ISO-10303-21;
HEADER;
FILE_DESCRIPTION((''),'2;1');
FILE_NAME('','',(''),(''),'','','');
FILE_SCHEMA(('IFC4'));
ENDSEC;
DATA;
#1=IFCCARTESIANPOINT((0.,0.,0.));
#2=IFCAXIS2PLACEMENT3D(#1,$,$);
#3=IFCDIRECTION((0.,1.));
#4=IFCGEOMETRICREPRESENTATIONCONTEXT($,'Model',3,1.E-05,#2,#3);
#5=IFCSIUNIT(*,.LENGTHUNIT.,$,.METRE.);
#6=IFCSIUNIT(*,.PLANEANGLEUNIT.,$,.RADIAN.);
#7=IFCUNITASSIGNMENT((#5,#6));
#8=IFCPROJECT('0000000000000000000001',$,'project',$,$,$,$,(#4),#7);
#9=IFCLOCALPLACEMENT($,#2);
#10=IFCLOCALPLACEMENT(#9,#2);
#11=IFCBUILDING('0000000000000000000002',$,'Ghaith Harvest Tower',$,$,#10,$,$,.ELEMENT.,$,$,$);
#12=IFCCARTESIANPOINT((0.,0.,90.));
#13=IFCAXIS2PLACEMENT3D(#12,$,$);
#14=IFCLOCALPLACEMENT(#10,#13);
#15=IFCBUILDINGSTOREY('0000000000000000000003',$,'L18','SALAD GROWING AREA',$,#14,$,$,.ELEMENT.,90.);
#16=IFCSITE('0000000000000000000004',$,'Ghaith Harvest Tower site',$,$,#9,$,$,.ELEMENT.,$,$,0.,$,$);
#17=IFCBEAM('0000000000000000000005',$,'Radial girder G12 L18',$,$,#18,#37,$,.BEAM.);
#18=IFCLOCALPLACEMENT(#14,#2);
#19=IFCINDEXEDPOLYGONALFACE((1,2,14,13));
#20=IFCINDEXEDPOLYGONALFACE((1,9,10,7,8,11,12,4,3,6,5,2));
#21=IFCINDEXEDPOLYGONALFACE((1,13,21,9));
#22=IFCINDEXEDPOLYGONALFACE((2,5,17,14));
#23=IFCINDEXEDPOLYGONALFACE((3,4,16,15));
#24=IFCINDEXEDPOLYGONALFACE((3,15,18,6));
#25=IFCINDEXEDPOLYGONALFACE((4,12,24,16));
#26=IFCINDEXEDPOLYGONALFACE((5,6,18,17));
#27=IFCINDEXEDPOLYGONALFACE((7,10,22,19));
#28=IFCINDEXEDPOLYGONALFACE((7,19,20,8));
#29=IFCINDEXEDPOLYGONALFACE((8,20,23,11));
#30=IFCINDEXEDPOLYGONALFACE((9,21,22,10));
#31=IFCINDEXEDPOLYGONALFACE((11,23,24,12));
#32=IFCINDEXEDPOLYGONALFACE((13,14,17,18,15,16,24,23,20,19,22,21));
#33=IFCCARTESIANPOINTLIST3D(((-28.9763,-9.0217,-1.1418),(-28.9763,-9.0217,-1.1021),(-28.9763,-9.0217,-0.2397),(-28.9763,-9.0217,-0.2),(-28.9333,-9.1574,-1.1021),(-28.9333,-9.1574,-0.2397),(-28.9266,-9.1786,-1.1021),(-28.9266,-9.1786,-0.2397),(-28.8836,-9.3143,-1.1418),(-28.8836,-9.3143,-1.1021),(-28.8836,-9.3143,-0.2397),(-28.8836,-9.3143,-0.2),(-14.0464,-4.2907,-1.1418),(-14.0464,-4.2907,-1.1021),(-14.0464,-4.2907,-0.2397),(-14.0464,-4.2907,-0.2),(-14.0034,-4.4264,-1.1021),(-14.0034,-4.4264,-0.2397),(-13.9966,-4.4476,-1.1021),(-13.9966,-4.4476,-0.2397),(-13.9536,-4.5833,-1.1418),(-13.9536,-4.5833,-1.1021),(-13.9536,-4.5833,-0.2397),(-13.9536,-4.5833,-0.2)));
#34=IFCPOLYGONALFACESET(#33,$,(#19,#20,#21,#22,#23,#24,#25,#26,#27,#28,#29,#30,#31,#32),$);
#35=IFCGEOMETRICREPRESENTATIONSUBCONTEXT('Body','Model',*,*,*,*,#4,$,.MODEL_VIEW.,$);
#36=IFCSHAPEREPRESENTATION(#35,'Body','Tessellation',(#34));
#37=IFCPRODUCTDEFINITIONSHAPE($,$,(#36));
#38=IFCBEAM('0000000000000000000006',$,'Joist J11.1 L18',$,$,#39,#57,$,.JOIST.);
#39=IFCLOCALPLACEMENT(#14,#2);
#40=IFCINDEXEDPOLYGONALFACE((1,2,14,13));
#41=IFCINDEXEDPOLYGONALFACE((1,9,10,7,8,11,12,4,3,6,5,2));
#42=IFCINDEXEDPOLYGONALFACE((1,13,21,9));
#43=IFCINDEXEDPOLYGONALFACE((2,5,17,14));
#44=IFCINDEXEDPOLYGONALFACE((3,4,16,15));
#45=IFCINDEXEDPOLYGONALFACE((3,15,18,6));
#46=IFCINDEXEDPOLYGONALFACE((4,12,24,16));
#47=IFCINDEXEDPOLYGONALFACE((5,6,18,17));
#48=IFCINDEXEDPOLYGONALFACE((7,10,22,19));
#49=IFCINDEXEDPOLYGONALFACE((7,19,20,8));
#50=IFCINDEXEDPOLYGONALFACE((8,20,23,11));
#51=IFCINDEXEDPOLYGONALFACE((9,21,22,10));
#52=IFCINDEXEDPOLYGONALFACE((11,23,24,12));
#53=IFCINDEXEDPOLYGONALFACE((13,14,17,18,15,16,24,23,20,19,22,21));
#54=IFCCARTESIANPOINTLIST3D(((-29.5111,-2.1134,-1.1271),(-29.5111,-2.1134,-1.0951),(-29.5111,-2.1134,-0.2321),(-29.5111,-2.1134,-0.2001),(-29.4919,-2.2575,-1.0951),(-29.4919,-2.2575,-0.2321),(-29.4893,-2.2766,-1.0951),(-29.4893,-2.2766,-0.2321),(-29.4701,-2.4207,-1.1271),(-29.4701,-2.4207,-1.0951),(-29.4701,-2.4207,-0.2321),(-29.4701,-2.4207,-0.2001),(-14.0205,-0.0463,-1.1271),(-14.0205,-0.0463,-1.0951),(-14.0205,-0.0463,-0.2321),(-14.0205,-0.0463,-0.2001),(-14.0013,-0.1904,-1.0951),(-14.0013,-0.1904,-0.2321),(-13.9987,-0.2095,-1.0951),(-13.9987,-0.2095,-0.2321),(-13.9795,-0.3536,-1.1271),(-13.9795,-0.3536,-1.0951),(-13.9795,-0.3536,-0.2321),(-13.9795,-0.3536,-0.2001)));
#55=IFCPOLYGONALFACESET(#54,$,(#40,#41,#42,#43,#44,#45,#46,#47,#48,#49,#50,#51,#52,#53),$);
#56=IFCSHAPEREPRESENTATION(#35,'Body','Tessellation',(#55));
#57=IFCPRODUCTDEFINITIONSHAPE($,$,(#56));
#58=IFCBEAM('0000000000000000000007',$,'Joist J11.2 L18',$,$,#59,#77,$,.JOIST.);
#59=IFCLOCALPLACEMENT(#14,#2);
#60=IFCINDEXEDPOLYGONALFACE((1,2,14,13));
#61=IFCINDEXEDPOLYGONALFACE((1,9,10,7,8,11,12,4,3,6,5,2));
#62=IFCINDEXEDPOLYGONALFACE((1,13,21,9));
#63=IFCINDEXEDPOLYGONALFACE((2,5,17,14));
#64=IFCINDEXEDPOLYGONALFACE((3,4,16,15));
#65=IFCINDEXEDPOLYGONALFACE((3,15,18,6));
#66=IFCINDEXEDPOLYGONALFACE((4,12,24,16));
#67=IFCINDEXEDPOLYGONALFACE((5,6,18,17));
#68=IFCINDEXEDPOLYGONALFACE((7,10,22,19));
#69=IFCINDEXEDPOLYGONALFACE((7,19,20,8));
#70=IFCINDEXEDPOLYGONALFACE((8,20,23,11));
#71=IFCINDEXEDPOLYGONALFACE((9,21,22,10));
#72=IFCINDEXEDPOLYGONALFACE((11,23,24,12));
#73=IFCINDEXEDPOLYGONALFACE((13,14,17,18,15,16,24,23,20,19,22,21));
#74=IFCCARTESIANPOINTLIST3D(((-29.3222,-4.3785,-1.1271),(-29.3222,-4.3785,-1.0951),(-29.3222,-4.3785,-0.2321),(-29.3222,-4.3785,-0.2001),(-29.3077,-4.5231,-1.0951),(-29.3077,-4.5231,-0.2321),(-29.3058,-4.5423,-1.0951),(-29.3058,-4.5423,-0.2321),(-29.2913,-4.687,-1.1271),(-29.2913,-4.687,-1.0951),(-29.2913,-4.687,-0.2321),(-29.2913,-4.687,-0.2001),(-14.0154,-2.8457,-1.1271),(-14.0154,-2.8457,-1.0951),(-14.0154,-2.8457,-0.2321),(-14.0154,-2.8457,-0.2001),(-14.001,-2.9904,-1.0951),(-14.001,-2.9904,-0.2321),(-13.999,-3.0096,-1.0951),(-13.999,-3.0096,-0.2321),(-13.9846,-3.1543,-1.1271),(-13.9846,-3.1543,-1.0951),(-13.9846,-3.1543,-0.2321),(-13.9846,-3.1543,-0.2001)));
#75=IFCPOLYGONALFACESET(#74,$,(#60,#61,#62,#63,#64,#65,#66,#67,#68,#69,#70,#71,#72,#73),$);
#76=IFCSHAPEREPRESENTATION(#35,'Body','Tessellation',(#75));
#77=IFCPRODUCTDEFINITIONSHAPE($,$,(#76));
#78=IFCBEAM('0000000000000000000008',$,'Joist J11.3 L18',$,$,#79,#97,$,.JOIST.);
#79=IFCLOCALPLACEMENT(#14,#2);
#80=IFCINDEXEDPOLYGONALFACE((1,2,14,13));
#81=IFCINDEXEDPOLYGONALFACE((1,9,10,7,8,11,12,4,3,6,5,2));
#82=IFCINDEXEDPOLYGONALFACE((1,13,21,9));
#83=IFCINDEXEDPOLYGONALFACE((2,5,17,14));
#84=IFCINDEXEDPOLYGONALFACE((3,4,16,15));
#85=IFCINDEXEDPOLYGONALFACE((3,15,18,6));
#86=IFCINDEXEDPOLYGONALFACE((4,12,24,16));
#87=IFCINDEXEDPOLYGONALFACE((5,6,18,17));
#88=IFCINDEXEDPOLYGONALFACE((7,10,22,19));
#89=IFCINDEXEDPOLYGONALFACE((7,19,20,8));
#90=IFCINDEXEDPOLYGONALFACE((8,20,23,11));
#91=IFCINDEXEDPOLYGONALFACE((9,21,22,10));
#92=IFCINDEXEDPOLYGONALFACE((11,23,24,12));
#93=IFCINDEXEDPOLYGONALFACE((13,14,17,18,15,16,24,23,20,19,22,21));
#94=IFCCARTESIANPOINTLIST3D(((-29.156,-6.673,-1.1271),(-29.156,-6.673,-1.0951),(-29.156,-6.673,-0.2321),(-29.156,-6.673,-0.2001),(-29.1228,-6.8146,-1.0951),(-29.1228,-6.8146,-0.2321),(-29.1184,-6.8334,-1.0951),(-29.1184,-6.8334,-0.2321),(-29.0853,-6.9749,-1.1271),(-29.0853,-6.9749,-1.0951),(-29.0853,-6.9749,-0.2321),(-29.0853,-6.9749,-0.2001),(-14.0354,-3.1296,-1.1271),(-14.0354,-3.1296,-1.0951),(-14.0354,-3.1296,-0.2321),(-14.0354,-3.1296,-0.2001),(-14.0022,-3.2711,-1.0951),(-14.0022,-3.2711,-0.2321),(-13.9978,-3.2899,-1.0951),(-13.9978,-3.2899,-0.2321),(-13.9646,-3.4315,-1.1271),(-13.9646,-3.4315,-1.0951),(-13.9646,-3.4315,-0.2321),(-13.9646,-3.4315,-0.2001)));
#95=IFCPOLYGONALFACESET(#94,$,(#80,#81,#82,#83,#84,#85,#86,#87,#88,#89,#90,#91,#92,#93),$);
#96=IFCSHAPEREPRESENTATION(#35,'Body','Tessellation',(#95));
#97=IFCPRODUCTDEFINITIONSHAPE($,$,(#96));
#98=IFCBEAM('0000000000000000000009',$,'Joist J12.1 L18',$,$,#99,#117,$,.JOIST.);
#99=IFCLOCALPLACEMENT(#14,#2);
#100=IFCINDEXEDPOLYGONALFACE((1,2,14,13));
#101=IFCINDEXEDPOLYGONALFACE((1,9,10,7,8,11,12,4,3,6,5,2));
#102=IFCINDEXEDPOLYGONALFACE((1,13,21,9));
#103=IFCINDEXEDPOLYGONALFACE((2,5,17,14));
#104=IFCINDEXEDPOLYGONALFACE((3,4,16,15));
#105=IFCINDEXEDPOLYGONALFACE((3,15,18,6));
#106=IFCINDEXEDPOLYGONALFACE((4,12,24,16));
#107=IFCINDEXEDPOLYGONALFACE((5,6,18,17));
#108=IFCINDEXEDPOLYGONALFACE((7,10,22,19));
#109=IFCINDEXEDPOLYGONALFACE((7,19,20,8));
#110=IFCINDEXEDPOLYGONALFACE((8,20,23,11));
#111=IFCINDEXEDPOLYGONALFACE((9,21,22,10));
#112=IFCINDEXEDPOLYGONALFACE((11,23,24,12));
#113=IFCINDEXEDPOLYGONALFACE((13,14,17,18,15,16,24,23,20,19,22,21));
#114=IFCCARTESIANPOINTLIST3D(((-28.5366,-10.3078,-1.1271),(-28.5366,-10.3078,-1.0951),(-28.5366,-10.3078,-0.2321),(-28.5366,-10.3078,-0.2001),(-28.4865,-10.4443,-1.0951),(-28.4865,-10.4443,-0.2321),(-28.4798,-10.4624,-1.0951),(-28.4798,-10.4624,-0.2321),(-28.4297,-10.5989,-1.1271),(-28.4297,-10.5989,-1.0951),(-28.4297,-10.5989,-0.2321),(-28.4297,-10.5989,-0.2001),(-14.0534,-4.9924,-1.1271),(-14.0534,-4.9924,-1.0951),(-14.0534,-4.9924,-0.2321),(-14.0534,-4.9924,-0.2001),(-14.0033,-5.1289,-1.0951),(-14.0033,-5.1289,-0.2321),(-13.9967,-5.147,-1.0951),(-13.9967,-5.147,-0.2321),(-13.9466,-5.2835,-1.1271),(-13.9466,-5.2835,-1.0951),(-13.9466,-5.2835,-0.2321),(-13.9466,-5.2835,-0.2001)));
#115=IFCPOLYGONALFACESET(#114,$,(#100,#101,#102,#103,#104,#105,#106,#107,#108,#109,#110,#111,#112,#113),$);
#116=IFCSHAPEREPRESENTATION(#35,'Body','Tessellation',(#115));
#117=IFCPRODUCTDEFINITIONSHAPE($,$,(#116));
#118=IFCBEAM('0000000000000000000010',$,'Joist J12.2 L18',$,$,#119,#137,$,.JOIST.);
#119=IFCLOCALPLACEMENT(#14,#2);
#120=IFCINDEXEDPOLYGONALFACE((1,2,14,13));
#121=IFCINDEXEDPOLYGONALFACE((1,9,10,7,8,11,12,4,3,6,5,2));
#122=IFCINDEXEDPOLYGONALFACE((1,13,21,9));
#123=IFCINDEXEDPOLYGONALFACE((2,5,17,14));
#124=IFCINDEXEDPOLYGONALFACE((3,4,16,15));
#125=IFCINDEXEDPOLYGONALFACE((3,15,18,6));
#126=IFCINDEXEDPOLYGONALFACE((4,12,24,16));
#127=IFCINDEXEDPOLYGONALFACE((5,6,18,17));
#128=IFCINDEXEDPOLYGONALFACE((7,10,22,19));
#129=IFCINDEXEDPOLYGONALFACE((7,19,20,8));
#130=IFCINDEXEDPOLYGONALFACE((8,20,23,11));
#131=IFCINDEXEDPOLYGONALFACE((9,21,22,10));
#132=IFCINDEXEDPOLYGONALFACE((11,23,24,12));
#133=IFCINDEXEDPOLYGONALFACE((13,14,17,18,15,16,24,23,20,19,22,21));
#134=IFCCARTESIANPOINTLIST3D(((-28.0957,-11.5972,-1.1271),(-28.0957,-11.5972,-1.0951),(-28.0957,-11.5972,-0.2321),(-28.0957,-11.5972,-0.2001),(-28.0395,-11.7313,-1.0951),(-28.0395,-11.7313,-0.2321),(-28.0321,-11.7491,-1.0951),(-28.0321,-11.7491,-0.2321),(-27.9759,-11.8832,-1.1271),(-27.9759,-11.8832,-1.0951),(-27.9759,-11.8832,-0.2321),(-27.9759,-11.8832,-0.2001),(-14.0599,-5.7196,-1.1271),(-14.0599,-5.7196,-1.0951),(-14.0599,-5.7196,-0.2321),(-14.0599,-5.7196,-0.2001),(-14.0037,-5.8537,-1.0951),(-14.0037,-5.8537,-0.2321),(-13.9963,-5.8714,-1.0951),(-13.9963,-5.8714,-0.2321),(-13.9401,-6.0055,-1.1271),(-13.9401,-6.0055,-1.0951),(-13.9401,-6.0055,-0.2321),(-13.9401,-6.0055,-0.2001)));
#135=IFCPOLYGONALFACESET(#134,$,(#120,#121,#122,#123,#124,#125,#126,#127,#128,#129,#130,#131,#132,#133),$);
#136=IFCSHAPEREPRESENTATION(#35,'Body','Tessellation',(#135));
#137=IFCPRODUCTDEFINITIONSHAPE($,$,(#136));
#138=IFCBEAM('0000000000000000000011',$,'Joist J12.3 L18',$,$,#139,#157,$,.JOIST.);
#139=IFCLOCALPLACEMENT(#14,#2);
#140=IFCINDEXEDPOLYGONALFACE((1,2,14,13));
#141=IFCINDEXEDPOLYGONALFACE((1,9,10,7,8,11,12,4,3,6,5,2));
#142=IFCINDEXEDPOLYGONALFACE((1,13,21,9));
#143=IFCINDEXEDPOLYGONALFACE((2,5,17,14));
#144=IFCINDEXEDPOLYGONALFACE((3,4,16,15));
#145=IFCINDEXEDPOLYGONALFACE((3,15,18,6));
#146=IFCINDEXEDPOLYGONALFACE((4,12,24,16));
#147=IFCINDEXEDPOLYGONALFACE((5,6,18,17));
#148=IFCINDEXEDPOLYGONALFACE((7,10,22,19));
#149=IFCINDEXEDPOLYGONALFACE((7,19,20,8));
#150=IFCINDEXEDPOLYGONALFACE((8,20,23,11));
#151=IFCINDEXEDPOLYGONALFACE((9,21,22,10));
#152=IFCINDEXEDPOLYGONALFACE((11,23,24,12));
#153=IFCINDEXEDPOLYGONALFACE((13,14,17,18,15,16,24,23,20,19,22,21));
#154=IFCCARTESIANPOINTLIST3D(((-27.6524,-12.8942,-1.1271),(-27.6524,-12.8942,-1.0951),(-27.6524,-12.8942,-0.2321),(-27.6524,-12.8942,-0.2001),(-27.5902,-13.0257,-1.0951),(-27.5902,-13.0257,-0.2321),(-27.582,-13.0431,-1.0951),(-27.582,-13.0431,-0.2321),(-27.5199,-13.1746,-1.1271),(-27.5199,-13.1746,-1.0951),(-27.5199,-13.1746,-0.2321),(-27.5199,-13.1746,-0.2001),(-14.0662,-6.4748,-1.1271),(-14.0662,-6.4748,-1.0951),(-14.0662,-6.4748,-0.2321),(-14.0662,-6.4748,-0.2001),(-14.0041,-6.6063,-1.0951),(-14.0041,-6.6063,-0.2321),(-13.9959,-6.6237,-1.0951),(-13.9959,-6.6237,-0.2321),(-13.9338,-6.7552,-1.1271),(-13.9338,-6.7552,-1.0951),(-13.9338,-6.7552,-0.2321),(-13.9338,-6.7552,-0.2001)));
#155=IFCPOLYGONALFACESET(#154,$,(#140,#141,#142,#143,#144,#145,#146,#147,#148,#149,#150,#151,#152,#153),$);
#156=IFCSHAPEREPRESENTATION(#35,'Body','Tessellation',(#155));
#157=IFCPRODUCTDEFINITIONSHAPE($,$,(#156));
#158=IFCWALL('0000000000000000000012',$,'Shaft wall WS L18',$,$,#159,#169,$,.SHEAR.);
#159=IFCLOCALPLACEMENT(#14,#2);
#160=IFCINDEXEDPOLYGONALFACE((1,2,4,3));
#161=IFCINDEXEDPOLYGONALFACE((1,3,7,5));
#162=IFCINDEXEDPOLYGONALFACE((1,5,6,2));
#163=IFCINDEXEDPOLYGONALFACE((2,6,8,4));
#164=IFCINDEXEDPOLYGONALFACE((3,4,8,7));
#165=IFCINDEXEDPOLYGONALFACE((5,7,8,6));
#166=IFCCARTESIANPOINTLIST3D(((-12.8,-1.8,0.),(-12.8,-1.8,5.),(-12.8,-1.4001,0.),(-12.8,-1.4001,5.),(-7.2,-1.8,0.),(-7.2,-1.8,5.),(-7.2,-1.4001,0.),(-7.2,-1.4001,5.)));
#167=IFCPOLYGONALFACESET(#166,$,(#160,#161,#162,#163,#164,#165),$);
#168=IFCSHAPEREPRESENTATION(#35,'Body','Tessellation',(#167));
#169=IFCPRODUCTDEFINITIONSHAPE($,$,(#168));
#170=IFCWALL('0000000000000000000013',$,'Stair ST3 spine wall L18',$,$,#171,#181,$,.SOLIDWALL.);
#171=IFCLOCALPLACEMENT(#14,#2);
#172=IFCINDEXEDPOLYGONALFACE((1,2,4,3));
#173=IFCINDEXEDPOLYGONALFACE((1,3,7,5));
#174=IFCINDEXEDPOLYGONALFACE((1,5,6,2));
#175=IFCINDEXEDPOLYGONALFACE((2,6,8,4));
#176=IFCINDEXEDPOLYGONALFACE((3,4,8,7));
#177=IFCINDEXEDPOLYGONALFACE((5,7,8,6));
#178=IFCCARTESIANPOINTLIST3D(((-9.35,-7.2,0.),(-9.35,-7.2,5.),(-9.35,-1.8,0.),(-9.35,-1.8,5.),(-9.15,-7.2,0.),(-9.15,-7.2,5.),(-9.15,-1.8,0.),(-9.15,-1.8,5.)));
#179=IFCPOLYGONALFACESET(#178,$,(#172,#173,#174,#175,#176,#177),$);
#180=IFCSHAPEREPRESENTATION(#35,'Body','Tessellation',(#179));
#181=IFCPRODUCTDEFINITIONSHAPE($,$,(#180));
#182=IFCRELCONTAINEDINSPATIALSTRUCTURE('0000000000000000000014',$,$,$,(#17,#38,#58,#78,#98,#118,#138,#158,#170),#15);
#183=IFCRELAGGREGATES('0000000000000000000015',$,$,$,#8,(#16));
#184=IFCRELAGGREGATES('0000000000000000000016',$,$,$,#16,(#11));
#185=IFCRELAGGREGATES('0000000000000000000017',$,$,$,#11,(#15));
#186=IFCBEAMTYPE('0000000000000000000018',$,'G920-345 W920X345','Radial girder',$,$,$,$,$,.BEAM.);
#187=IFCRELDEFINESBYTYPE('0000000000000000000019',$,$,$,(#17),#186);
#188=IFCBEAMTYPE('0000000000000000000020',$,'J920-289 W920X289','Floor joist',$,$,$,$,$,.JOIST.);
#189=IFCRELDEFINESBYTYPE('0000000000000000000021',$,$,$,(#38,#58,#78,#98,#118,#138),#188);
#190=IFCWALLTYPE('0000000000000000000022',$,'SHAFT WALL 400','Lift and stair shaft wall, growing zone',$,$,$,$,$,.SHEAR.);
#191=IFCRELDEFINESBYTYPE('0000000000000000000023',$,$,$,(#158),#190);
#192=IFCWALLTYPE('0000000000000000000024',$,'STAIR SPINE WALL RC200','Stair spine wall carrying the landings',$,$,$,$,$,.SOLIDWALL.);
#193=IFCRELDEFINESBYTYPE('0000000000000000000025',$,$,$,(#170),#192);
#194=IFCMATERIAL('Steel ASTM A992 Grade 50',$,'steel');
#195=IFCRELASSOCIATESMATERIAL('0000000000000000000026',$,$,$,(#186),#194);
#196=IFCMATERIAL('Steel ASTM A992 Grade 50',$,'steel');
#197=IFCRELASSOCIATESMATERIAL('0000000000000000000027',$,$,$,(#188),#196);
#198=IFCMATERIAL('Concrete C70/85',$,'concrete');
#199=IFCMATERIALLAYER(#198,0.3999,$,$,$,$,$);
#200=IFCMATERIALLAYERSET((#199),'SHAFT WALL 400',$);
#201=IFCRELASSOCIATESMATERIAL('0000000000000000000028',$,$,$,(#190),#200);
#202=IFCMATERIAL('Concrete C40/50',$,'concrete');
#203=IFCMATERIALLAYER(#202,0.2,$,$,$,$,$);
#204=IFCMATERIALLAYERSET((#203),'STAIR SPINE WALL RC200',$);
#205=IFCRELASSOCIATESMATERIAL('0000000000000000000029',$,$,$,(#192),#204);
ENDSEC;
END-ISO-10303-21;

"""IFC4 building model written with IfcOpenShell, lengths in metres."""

from ifc_helpers import new_model, si_unit, direction, frame, frame_2d, origin, origin_2d, place, context, subcontext, project, spatial, rectangle, i_section, extrude, material, layer, layer_set, material_profile, profile_set, type_object, element, save


model = new_model("IFC4")

# Units and contexts
model_context = context("Model", 3, precision=1e-05, world=origin(), true_north=direction((0.0, 1.0)))
body_context = subcontext(model_context, "Body", "Model", "MODEL_VIEW")
ifc_project = project(units=[si_unit("LENGTHUNIT", "METRE"), si_unit("PLANEANGLEUNIT", "RADIAN")], contexts=[model_context])

# Site, building, storey
site_placement = place(None, origin())
site = spatial("IfcSite", under=ifc_project, at=site_placement, Name="Ghaith Harvest Tower site", CompositionType="ELEMENT", RefElevation=0.0)
building_placement = place(site_placement, origin())
building = spatial("IfcBuilding", under=site, at=building_placement, Name="Ghaith Harvest Tower", CompositionType="ELEMENT")
storey_placement = place(building_placement, frame((0.0, 0.0, 90.0)))
storey = spatial("IfcBuildingStorey", under=building, at=storey_placement, Name="L18", Description="SALAD GROWING AREA", CompositionType="ELEMENT", Elevation=90.0)

# Beams
ifc_material_1 = material(Name="Steel ASTM A992 Grade 50", Category="steel")
ifc_material_profile_1 = material_profile(ifc_material_1, i_section(OverallWidth=0.3069, OverallDepth=0.9419, WebThickness=0.0222, FlangeThickness=0.0398, at=origin_2d()), Name="W920X345")
ifc_profile_set_1 = profile_set([ifc_material_profile_1], Name="Steel ASTM A992 Grade 50")
beam_type_1 = type_object("IfcBeamType", Name="G920-345 W920X345", Description="Radial girder", PredefinedType="BEAM", material=ifc_profile_set_1)
beam_1_placement = place(storey_placement, frame((-14.0, -4.437, -0.6709), z_axis=(-0.953284, -0.302074, 0.0), x_axis=(0.302074, -0.953284, 0.0)))
element("IfcBeam", 1, at=beam_1_placement, inside=storey, type_object=beam_type_1, Name="Radial girder G12 L18", PredefinedType="BEAM", context=body_context, shape_type="SweptSolid", body=[
    extrude(i_section(OverallWidth=0.3069, OverallDepth=0.9419, WebThickness=0.0222, FlangeThickness=0.0398, at=origin_2d()), origin(), (0.0, 0.0, 1.0), 15.6616),
])
ifc_material_2 = material(Name="Steel ASTM A992 Grade 50", Category="steel")
ifc_material_profile_2 = material_profile(ifc_material_2, i_section(OverallWidth=0.3101, OverallDepth=0.927, WebThickness=0.0193, FlangeThickness=0.032, at=origin_2d()), Name="W920X289")
ifc_profile_set_2 = profile_set([ifc_material_profile_2], Name="Steel ASTM A992 Grade 50")
beam_type_2 = type_object("IfcBeamType", Name="J920-289 W920X289", Description="Floor joist", PredefinedType="JOIST", material=ifc_profile_set_2)
beam_2_placement = place(storey_placement, frame((-14.0, -0.2, -0.6636), z_axis=(-0.991214, -0.132271, 0.0), x_axis=(0.132271, -0.991214, 0.0)))
element("IfcBeam", 2, at=beam_2_placement, inside=storey, type_object=beam_type_2, Name="Joist J11.1 L18", PredefinedType="JOIST", context=body_context, shape_type="SweptSolid", body=[
    extrude(i_section(OverallWidth=0.3101, OverallDepth=0.927, WebThickness=0.0193, FlangeThickness=0.032, at=origin_2d()), origin(), (0.0, 0.0, 1.0), 15.6279),
])
beam_3_placement = place(storey_placement, frame((-14.0, -3.0, -0.6636), z_axis=(-0.995024, -0.099636, 0.0), x_axis=(0.099636, -0.995024, 0.0)))
element("IfcBeam", 3, at=beam_3_placement, inside=storey, type_object=beam_type_2, Name="Joist J11.2 L18", PredefinedType="JOIST", context=body_context, shape_type="SweptSolid", body=[
    extrude(i_section(OverallWidth=0.3101, OverallDepth=0.927, WebThickness=0.0193, FlangeThickness=0.032, at=origin_2d()), origin(), (0.0, 0.0, 1.0), 15.3833),
])
beam_4_placement = place(storey_placement, frame((-14.0, -3.2805, -0.6636), z_axis=(-0.973623, -0.228165, 0.0), x_axis=(0.228165, -0.973623, 0.0)))
element("IfcBeam", 4, at=beam_4_placement, inside=storey, type_object=beam_type_2, Name="Joist J11.3 L18", PredefinedType="JOIST", context=body_context, shape_type="SweptSolid", body=[
    extrude(i_section(OverallWidth=0.3101, OverallDepth=0.927, WebThickness=0.0193, FlangeThickness=0.032, at=origin_2d()), origin(), (0.0, 0.0, 1.0), 15.5303),
])
beam_5_placement = place(storey_placement, frame((-14.0, -5.1379, -0.6636), z_axis=(-0.938773, -0.344537, 0.0), x_axis=(0.344537, -0.938773, 0.0)))
element("IfcBeam", 5, at=beam_5_placement, inside=storey, type_object=beam_type_2, Name="Joist J12.1 L18", PredefinedType="JOIST", context=body_context, shape_type="SweptSolid", body=[
    extrude(i_section(OverallWidth=0.3101, OverallDepth=0.927, WebThickness=0.0193, FlangeThickness=0.032, at=origin_2d()), origin(), (0.0, 0.0, 1.0), 15.4277),
])
beam_6_placement = place(storey_placement, frame((-14.0, -5.8625, -0.6636), z_axis=(-0.92239, -0.386261, 0.0), x_axis=(0.386261, -0.92239, 0.0)))
element("IfcBeam", 6, at=beam_6_placement, inside=storey, type_object=beam_type_2, Name="Joist J12.2 L18", PredefinedType="JOIST", context=body_context, shape_type="SweptSolid", body=[
    extrude(i_section(OverallWidth=0.3101, OverallDepth=0.927, WebThickness=0.0193, FlangeThickness=0.032, at=origin_2d()), origin(), (0.0, 0.0, 1.0), 15.2168),
])
beam_7_placement = place(storey_placement, frame((-14.0, -6.615, -0.6636), z_axis=(-0.904153, -0.42721, 0.0), x_axis=(0.42721, -0.904153, 0.0)))
element("IfcBeam", 7, at=beam_7_placement, inside=storey, type_object=beam_type_2, Name="Joist J12.3 L18", PredefinedType="JOIST", context=body_context, shape_type="SweptSolid", body=[
    extrude(i_section(OverallWidth=0.3101, OverallDepth=0.927, WebThickness=0.0193, FlangeThickness=0.032, at=origin_2d()), origin(), (0.0, 0.0, 1.0), 15.0264),
])

# Walls
ifc_material_3 = material(Name="Concrete C70/85", Category="concrete")
ifc_layer_1 = layer(ifc_material_3, 0.3999)
ifc_layer_set_1 = layer_set([ifc_layer_1], Name="SHAFT WALL 400")
wall_type_1 = type_object("IfcWallType", Name="SHAFT WALL 400", Description="Lift and stair shaft wall, growing zone", PredefinedType="SHEAR", material=ifc_layer_set_1)
wall_1_placement = place(storey_placement, frame((-12.8, -1.6001, 0.0), z_axis=(0.0, 0.0, 1.0), x_axis=(1.0, 0.0, 0.0)))
element("IfcWall", 8, at=wall_1_placement, inside=storey, type_object=wall_type_1, Name="Shaft wall WS L18", PredefinedType="SHEAR", context=body_context, shape_type="SweptSolid", body=[
    extrude(rectangle(XDim=5.6001, YDim=0.3999, at=frame_2d((2.8, 0.0))), origin(), (0.0, 0.0, 1.0), 5.0),
])
ifc_material_4 = material(Name="Concrete C40/50", Category="concrete")
ifc_layer_2 = layer(ifc_material_4, 0.2)
ifc_layer_set_2 = layer_set([ifc_layer_2], Name="STAIR SPINE WALL RC200")
wall_type_2 = type_object("IfcWallType", Name="STAIR SPINE WALL RC200", Description="Stair spine wall carrying the landings", PredefinedType="SOLIDWALL", material=ifc_layer_set_2)
wall_2_placement = place(storey_placement, frame((-9.25, -7.2, 0.0), z_axis=(0.0, 0.0, 1.0), x_axis=(0.0, 1.0, 0.0)))
element("IfcWall", 9, at=wall_2_placement, inside=storey, type_object=wall_type_2, Name="Stair ST3 spine wall L18", PredefinedType="SOLIDWALL", context=body_context, shape_type="SweptSolid", body=[
    extrude(rectangle(XDim=5.3999, YDim=0.2, at=frame_2d((2.7, 0.0))), origin(), (0.0, 0.0, 1.0), 5.0),
])

save(model, "model.ifc")
